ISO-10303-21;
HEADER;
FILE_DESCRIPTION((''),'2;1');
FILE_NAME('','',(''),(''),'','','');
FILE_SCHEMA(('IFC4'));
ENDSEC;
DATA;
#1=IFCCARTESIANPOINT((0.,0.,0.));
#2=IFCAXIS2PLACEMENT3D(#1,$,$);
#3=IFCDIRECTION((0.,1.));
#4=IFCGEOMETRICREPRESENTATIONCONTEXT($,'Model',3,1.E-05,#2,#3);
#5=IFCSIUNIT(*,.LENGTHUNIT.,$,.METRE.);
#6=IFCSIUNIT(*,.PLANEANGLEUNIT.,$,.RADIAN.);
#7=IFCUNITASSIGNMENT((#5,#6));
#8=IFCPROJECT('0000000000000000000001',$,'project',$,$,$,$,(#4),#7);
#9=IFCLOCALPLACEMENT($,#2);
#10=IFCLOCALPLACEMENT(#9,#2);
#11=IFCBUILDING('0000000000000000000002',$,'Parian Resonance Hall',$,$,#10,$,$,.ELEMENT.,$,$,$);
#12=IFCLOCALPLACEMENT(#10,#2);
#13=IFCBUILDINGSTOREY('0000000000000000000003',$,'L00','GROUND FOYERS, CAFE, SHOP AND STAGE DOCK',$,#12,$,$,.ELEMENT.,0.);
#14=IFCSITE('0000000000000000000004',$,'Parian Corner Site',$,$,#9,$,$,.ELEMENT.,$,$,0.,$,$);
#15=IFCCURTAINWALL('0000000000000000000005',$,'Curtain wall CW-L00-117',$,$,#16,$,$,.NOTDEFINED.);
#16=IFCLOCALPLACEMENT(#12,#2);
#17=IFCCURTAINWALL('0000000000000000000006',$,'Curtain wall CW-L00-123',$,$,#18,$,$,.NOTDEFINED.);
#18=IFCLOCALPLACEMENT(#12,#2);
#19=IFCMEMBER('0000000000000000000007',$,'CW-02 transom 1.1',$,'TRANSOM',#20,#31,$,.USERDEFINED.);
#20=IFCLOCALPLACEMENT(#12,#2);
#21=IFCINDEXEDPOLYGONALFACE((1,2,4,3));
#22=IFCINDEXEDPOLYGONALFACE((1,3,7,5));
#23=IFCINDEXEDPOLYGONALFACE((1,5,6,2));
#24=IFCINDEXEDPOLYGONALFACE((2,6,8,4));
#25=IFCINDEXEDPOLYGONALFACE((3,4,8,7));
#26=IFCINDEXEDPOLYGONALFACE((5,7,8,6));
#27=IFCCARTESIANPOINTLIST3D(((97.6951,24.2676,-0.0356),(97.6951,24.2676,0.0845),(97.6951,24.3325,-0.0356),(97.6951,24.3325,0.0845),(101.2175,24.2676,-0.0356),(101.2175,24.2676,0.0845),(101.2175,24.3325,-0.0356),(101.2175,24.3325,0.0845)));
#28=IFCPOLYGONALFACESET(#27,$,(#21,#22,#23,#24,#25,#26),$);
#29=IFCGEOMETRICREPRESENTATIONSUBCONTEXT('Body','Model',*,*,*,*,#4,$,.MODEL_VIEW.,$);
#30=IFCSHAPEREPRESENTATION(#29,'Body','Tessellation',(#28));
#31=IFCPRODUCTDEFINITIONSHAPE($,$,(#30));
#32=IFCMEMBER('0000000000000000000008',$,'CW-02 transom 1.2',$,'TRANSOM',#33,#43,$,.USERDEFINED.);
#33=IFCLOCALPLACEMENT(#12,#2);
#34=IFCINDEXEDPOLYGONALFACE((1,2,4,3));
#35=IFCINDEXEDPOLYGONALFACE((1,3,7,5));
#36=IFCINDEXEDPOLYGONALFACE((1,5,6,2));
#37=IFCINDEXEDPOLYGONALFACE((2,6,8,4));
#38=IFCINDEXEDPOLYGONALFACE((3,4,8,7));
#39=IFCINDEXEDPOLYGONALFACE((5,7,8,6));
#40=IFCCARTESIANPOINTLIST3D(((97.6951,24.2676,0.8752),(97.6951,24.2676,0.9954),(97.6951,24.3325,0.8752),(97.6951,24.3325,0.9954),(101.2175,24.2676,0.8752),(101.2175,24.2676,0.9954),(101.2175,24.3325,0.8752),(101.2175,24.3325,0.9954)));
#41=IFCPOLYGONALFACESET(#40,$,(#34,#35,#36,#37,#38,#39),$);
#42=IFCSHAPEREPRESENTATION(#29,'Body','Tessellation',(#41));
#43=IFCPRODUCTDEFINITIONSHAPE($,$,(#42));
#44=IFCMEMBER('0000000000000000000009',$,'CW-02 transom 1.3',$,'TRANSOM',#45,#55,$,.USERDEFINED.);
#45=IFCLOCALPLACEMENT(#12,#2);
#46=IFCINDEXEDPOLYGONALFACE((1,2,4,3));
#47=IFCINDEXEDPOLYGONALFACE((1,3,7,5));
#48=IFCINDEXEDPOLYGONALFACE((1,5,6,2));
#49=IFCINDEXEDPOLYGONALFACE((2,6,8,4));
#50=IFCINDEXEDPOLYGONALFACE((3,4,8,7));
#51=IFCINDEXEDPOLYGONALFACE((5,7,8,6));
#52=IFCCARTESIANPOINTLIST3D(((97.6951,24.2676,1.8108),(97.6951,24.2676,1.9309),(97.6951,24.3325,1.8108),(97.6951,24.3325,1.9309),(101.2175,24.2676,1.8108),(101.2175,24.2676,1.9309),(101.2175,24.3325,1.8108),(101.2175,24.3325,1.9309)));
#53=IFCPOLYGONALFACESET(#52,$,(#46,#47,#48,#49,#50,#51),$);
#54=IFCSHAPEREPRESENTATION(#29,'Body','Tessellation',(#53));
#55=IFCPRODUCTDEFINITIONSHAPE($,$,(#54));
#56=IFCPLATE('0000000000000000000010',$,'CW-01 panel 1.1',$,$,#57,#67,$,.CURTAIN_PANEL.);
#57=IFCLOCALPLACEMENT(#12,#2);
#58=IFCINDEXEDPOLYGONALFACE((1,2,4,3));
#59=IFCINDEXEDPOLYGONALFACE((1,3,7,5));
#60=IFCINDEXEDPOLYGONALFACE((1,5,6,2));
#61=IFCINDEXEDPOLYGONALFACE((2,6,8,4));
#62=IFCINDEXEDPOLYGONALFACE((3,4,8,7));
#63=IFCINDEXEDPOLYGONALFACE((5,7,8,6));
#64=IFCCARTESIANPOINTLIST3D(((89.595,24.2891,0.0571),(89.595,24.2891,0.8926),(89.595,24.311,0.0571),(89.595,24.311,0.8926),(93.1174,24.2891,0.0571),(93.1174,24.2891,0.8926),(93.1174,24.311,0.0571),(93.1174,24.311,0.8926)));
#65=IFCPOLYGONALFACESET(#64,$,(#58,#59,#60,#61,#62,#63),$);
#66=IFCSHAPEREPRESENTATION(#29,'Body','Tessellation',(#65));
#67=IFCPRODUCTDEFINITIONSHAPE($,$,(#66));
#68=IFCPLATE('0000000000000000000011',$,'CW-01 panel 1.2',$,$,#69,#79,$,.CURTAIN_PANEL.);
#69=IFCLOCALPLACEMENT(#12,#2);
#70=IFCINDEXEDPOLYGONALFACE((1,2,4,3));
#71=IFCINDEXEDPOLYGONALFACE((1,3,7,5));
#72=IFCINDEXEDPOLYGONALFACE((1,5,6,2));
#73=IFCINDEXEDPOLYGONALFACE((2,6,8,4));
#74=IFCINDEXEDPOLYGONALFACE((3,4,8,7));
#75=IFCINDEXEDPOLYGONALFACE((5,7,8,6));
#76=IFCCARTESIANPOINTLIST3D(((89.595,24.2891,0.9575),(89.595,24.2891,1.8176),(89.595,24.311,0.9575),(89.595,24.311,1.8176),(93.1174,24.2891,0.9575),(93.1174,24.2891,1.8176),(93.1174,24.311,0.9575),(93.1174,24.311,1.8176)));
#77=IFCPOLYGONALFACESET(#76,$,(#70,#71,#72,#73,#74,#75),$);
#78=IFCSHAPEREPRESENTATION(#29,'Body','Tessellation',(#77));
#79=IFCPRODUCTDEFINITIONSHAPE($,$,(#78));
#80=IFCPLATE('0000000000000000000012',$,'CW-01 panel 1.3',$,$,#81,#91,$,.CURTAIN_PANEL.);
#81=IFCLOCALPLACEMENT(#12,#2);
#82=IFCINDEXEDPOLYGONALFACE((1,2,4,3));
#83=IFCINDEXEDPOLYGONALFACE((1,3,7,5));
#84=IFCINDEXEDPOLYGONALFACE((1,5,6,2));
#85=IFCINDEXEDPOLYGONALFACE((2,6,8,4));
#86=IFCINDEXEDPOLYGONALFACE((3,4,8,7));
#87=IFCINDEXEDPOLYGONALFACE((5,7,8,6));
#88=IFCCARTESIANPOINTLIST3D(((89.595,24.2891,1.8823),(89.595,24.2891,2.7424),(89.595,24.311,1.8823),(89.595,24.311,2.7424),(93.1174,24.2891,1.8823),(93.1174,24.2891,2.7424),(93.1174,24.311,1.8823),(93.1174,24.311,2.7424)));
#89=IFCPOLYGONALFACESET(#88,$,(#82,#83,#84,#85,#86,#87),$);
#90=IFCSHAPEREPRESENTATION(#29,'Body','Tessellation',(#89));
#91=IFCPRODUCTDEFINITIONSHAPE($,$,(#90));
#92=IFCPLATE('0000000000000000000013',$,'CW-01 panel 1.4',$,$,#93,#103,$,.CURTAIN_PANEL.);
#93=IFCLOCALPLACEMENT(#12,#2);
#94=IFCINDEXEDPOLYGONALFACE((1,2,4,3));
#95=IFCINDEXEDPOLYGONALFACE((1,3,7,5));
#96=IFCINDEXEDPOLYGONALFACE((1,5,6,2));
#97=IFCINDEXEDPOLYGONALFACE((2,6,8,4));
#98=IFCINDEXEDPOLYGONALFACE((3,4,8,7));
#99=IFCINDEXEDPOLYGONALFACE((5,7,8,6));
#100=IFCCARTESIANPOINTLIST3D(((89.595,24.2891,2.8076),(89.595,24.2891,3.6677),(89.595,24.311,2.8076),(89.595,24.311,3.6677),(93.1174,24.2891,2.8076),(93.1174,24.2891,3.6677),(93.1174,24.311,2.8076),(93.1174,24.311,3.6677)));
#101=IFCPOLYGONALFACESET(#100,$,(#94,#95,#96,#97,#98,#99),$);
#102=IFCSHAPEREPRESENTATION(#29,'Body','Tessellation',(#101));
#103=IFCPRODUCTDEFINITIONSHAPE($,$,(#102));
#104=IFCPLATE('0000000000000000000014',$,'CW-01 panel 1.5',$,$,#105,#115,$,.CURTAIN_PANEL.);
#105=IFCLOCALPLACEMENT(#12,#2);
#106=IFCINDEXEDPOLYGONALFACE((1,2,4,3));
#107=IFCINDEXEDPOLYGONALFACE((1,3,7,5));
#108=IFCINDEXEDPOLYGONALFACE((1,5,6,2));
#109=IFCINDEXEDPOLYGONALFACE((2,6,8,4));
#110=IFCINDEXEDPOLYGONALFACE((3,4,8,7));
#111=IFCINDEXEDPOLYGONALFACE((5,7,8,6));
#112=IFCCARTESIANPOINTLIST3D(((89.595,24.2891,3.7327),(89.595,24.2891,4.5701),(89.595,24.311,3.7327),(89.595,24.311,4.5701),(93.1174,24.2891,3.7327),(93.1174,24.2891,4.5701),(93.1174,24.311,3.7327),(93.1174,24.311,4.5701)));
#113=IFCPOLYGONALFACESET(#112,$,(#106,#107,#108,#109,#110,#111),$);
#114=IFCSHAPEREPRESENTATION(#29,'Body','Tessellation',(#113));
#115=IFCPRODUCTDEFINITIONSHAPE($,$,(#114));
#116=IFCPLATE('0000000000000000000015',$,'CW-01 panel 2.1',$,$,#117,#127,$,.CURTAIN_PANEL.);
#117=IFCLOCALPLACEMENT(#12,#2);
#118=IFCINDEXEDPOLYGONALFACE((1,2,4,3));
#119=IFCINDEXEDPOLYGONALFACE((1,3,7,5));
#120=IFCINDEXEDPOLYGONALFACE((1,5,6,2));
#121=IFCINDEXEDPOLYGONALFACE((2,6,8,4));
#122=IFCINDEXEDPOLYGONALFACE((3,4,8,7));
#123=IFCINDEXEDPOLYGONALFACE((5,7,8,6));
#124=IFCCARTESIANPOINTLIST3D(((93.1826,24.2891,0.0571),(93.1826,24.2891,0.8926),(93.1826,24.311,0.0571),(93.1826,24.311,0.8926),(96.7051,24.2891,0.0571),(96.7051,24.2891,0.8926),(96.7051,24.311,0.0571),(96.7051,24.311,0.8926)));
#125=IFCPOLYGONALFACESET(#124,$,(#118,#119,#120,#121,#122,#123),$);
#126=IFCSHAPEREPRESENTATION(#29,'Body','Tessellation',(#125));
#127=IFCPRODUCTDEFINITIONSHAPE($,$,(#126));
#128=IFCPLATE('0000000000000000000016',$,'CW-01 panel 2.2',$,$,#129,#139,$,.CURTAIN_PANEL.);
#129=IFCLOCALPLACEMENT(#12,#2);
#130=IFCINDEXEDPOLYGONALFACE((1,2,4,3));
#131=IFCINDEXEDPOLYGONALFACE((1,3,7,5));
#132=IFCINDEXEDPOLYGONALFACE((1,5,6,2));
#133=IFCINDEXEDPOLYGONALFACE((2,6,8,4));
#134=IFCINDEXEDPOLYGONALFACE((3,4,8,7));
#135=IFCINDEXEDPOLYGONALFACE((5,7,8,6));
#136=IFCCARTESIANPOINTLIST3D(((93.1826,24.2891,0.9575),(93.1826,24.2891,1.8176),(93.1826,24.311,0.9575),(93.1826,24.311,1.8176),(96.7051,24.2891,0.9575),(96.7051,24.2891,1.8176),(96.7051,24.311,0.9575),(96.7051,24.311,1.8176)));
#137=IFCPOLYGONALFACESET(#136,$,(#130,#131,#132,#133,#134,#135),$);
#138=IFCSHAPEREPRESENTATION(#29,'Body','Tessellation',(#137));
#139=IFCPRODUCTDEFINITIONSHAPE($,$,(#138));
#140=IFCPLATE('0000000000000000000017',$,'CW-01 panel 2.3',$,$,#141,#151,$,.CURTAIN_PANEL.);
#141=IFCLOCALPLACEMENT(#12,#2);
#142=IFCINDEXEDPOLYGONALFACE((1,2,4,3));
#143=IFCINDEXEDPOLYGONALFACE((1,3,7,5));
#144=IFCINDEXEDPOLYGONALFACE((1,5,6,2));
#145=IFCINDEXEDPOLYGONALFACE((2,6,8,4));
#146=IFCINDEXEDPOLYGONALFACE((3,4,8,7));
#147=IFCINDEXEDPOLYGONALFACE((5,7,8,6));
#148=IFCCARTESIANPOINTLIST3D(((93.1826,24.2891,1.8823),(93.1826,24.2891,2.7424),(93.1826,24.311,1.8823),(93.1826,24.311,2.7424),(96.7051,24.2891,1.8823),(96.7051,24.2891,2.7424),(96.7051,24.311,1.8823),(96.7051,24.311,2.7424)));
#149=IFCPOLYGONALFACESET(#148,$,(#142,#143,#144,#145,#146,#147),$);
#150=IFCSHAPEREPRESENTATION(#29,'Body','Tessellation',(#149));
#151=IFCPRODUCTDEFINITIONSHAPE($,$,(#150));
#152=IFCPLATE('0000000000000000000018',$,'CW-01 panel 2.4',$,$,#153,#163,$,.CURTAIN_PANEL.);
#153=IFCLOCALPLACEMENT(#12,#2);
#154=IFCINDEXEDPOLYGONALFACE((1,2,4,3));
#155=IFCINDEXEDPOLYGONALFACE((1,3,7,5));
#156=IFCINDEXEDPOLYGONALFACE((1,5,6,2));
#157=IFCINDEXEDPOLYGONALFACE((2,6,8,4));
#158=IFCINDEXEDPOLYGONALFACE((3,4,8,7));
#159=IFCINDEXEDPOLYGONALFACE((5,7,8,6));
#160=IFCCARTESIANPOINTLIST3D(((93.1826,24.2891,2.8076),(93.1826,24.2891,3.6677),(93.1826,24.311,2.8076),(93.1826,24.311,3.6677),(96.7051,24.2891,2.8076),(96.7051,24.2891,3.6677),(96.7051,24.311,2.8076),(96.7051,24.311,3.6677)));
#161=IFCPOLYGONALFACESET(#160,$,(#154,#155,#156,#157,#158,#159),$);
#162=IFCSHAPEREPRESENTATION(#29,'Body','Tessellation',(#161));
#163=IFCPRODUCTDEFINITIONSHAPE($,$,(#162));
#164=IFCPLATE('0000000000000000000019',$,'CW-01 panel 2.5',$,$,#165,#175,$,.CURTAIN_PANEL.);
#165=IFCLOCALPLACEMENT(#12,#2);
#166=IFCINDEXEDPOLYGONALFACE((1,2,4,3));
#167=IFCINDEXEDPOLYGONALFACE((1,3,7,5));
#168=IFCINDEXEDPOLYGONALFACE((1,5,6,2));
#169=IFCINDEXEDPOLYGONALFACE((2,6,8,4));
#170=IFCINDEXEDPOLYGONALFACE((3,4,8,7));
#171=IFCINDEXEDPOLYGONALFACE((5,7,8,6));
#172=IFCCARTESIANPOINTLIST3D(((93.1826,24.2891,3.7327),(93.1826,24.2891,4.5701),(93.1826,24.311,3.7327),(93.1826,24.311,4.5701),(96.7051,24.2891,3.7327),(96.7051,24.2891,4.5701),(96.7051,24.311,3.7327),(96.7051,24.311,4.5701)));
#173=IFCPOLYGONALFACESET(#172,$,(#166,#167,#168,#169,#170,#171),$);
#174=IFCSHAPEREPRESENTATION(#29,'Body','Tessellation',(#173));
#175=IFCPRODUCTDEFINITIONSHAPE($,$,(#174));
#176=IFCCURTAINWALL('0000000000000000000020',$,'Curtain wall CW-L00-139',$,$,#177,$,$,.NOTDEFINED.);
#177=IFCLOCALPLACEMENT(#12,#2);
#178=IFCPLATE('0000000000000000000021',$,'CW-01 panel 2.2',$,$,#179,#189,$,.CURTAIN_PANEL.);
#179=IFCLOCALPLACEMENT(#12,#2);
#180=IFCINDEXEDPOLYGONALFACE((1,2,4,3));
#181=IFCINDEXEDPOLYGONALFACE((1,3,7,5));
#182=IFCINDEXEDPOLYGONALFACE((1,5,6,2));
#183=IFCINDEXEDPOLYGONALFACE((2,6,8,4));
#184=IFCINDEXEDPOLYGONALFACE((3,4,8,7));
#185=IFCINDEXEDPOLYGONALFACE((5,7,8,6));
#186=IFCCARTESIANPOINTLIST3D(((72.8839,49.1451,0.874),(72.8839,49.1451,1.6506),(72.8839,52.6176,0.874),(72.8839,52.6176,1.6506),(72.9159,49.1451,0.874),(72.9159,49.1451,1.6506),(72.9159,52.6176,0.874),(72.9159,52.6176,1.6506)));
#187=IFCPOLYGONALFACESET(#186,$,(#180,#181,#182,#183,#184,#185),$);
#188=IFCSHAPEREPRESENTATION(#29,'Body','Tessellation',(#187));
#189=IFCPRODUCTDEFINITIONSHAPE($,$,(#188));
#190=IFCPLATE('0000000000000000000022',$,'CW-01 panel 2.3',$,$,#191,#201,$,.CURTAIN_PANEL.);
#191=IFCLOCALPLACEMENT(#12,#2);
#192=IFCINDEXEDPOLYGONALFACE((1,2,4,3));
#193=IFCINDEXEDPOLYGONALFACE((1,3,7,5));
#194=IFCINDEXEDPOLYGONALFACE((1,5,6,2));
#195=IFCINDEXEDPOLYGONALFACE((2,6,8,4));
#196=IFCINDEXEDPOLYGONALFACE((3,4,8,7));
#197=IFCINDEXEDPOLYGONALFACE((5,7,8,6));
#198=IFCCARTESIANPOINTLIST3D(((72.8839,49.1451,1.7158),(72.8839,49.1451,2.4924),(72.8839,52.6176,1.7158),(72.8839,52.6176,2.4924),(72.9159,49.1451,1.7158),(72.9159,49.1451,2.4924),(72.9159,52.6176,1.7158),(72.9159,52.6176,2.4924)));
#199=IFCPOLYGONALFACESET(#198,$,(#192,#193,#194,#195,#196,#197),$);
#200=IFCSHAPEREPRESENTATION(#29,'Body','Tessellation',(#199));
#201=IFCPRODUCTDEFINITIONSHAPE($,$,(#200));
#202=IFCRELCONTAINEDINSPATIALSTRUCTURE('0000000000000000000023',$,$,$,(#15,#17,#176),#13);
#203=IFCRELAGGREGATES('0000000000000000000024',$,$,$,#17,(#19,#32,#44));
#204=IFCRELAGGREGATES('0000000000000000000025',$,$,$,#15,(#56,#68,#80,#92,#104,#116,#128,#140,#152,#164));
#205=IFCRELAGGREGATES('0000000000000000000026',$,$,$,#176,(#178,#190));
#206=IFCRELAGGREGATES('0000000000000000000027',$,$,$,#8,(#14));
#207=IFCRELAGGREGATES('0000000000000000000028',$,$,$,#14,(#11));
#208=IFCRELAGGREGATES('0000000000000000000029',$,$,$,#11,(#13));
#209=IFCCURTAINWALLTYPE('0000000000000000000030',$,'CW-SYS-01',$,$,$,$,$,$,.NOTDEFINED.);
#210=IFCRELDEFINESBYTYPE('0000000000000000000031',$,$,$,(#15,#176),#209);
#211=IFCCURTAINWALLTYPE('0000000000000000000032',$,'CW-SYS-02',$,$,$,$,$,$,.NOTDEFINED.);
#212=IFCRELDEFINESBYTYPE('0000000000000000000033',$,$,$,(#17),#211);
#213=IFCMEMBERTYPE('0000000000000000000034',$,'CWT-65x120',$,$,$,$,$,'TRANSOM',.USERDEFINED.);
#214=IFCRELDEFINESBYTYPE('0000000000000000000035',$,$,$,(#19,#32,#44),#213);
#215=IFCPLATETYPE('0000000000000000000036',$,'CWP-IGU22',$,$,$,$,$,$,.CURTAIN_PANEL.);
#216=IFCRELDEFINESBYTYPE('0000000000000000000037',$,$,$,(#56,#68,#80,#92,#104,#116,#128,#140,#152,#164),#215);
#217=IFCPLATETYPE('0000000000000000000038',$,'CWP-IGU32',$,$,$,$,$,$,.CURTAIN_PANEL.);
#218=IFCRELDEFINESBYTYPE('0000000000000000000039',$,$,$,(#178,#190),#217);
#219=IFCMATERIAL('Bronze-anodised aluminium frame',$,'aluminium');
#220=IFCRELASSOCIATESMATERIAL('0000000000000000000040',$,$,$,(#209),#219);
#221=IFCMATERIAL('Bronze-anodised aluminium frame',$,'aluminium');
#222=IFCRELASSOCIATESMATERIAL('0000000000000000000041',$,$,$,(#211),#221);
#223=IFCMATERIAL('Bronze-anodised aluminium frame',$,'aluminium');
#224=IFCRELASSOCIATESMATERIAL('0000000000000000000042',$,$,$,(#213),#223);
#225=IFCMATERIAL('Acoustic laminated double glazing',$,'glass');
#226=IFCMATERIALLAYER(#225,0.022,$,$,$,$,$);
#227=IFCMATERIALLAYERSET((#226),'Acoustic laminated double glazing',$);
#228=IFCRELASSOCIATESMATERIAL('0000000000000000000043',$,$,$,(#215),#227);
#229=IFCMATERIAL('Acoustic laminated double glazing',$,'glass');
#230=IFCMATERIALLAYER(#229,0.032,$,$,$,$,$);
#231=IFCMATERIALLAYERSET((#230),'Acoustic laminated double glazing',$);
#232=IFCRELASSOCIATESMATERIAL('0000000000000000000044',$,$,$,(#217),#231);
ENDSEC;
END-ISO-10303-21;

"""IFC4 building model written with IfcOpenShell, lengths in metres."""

from ifc_helpers import new_model, si_unit, direction, frame, origin, origin_2d, place, context, subcontext, project, spatial, rectangle, extrude, material, layer, layer_set, material_profile, profile_set, type_object, element, aggregate, save


model = new_model("IFC4")

# Units and contexts
model_context = context("Model", 3, precision=1e-05, world=origin(), true_north=direction((0.0, 1.0)))
body_context = subcontext(model_context, "Body", "Model", "MODEL_VIEW")
ifc_project = project(units=[si_unit("LENGTHUNIT", "METRE"), si_unit("PLANEANGLEUNIT", "RADIAN")], contexts=[model_context])

# Site, building, storey
site_placement = place(None, origin())
site = spatial("IfcSite", under=ifc_project, at=site_placement, Name="Parian Corner Site", CompositionType="ELEMENT", RefElevation=0.0)
building_placement = place(site_placement, origin())
building = spatial("IfcBuilding", under=site, at=building_placement, Name="Parian Resonance Hall", CompositionType="ELEMENT")
storey_placement = place(building_placement, origin())
storey = spatial("IfcBuildingStorey", under=building, at=storey_placement, Name="L00", Description="GROUND FOYERS, CAFE, SHOP AND STAGE DOCK", CompositionType="ELEMENT", Elevation=0.0)

# Curtain wall
ifc_material_1 = material(Name="Bronze-anodised aluminium frame", Category="aluminium")
curtain_wall_type_1 = type_object("IfcCurtainWallType", Name="CW-SYS-01", PredefinedType="NOTDEFINED", material=ifc_material_1)
curtain_wall_1_placement = place(storey_placement, origin())
curtain_wall_1 = element("IfcCurtainWall", 1, at=curtain_wall_1_placement, inside=storey, type_object=curtain_wall_type_1, Name="Curtain wall CW-L00-117", PredefinedType="NOTDEFINED")

# Curtain wall
ifc_material_2 = material(Name="Bronze-anodised aluminium frame", Category="aluminium")
curtain_wall_type_2 = type_object("IfcCurtainWallType", Name="CW-SYS-02", PredefinedType="NOTDEFINED", material=ifc_material_2)
curtain_wall_2_placement = place(storey_placement, origin())
curtain_wall_2 = element("IfcCurtainWall", 2, at=curtain_wall_2_placement, inside=storey, type_object=curtain_wall_type_2, Name="Curtain wall CW-L00-123", PredefinedType="NOTDEFINED")

# Members
ifc_material_3 = material(Name="Bronze-anodised aluminium frame", Category="aluminium")
ifc_material_profile_1 = material_profile(ifc_material_3, rectangle(XDim=0.0649, YDim=0.1201, at=origin_2d()), Name="CWT-65x120")
ifc_profile_set_1 = profile_set([ifc_material_profile_1], Name="Bronze-anodised aluminium frame")
member_type_1 = type_object("IfcMemberType", Name="CWT-65x120", ElementType="TRANSOM", PredefinedType="USERDEFINED", material=ifc_profile_set_1)
member_1_placement = place(storey_placement, frame((97.6951, 24.3, 0.0244), z_axis=(1.0, 0.0, 0.0), x_axis=(0.0, 1.0, 0.0)))
member_1 = element("IfcMember", 3, at=member_1_placement, type_object=member_type_1, Name="CW-02 transom 1.1", ObjectType="TRANSOM", PredefinedType="USERDEFINED", context=body_context, shape_type="SweptSolid", body=[
    extrude(rectangle(XDim=0.0649, YDim=0.1201, at=origin_2d()), origin(), (0.0, 0.0, 1.0), 3.5225),
])
member_2_placement = place(storey_placement, frame((97.6951, 24.3, 0.9353), z_axis=(1.0, 0.0, 0.0), x_axis=(0.0, 1.0, 0.0)))
member_2 = element("IfcMember", 4, at=member_2_placement, type_object=member_type_1, Name="CW-02 transom 1.2", ObjectType="TRANSOM", PredefinedType="USERDEFINED", context=body_context, shape_type="SweptSolid", body=[
    extrude(rectangle(XDim=0.0649, YDim=0.1201, at=origin_2d()), origin(), (0.0, 0.0, 1.0), 3.5225),
])
member_3_placement = place(storey_placement, frame((97.6951, 24.3, 1.8708), z_axis=(1.0, 0.0, 0.0), x_axis=(0.0, 1.0, 0.0)))
member_3 = element("IfcMember", 5, at=member_3_placement, type_object=member_type_1, Name="CW-02 transom 1.3", ObjectType="TRANSOM", PredefinedType="USERDEFINED", context=body_context, shape_type="SweptSolid", body=[
    extrude(rectangle(XDim=0.0649, YDim=0.1201, at=origin_2d()), origin(), (0.0, 0.0, 1.0), 3.5225),
])
aggregate(curtain_wall_2, [member_1, member_2, member_3])

# Plates
ifc_material_4 = material(Name="Acoustic laminated double glazing", Category="glass")
ifc_layer_1 = layer(ifc_material_4, 0.022)
ifc_layer_set_1 = layer_set([ifc_layer_1], Name="Acoustic laminated double glazing")
plate_type_1 = type_object("IfcPlateType", Name="CWP-IGU22", PredefinedType="CURTAIN_PANEL", material=ifc_layer_set_1)
plate_1_placement = place(storey_placement, frame((91.3562, 24.3, 0.0571), z_axis=(0.0, 0.0, 1.0), x_axis=(1.0, 0.0, 0.0)))
plate_1 = element("IfcPlate", 6, at=plate_1_placement, type_object=plate_type_1, Name="CW-01 panel 1.1", PredefinedType="CURTAIN_PANEL", context=body_context, shape_type="SweptSolid", body=[
    extrude(rectangle(XDim=3.5225, YDim=0.022, at=origin_2d()), origin(), (0.0, 0.0, 1.0), 0.8354),
])
plate_2_placement = place(storey_placement, frame((91.3562, 24.3, 0.9575), z_axis=(0.0, 0.0, 1.0), x_axis=(1.0, 0.0, 0.0)))
plate_2 = element("IfcPlate", 7, at=plate_2_placement, type_object=plate_type_1, Name="CW-01 panel 1.2", PredefinedType="CURTAIN_PANEL", context=body_context, shape_type="SweptSolid", body=[
    extrude(rectangle(XDim=3.5225, YDim=0.022, at=origin_2d()), origin(), (0.0, 0.0, 1.0), 0.8601),
])
plate_3_placement = place(storey_placement, frame((91.3562, 24.3, 1.8823), z_axis=(0.0, 0.0, 1.0), x_axis=(1.0, 0.0, 0.0)))
plate_3 = element("IfcPlate", 8, at=plate_3_placement, type_object=plate_type_1, Name="CW-01 panel 1.3", PredefinedType="CURTAIN_PANEL", context=body_context, shape_type="SweptSolid", body=[
    extrude(rectangle(XDim=3.5225, YDim=0.022, at=origin_2d()), origin(), (0.0, 0.0, 1.0), 0.8601),
])
plate_4_placement = place(storey_placement, frame((91.3562, 24.3, 2.8076), z_axis=(0.0, 0.0, 1.0), x_axis=(1.0, 0.0, 0.0)))
plate_4 = element("IfcPlate", 9, at=plate_4_placement, type_object=plate_type_1, Name="CW-01 panel 1.4", PredefinedType="CURTAIN_PANEL", context=body_context, shape_type="SweptSolid", body=[
    extrude(rectangle(XDim=3.5225, YDim=0.022, at=origin_2d()), origin(), (0.0, 0.0, 1.0), 0.8601),
])
plate_5_placement = place(storey_placement, frame((91.3562, 24.3, 3.7327), z_axis=(0.0, 0.0, 1.0), x_axis=(1.0, 0.0, 0.0)))
plate_5 = element("IfcPlate", 10, at=plate_5_placement, type_object=plate_type_1, Name="CW-01 panel 1.5", PredefinedType="CURTAIN_PANEL", context=body_context, shape_type="SweptSolid", body=[
    extrude(rectangle(XDim=3.5225, YDim=0.022, at=origin_2d()), origin(), (0.0, 0.0, 1.0), 0.8374),
])
plate_6_placement = place(storey_placement, frame((94.9438, 24.3, 0.0571), z_axis=(0.0, 0.0, 1.0), x_axis=(1.0, 0.0, 0.0)))
plate_6 = element("IfcPlate", 11, at=plate_6_placement, type_object=plate_type_1, Name="CW-01 panel 2.1", PredefinedType="CURTAIN_PANEL", context=body_context, shape_type="SweptSolid", body=[
    extrude(rectangle(XDim=3.5225, YDim=0.022, at=origin_2d()), origin(), (0.0, 0.0, 1.0), 0.8354),
])
plate_7_placement = place(storey_placement, frame((94.9438, 24.3, 0.9575), z_axis=(0.0, 0.0, 1.0), x_axis=(1.0, 0.0, 0.0)))
plate_7 = element("IfcPlate", 12, at=plate_7_placement, type_object=plate_type_1, Name="CW-01 panel 2.2", PredefinedType="CURTAIN_PANEL", context=body_context, shape_type="SweptSolid", body=[
    extrude(rectangle(XDim=3.5225, YDim=0.022, at=origin_2d()), origin(), (0.0, 0.0, 1.0), 0.8601),
])
plate_8_placement = place(storey_placement, frame((94.9438, 24.3, 1.8823), z_axis=(0.0, 0.0, 1.0), x_axis=(1.0, 0.0, 0.0)))
plate_8 = element("IfcPlate", 13, at=plate_8_placement, type_object=plate_type_1, Name="CW-01 panel 2.3", PredefinedType="CURTAIN_PANEL", context=body_context, shape_type="SweptSolid", body=[
    extrude(rectangle(XDim=3.5225, YDim=0.022, at=origin_2d()), origin(), (0.0, 0.0, 1.0), 0.8601),
])
plate_9_placement = place(storey_placement, frame((94.9438, 24.3, 2.8076), z_axis=(0.0, 0.0, 1.0), x_axis=(1.0, 0.0, 0.0)))
plate_9 = element("IfcPlate", 14, at=plate_9_placement, type_object=plate_type_1, Name="CW-01 panel 2.4", PredefinedType="CURTAIN_PANEL", context=body_context, shape_type="SweptSolid", body=[
    extrude(rectangle(XDim=3.5225, YDim=0.022, at=origin_2d()), origin(), (0.0, 0.0, 1.0), 0.8601),
])
plate_10_placement = place(storey_placement, frame((94.9438, 24.3, 3.7327), z_axis=(0.0, 0.0, 1.0), x_axis=(1.0, 0.0, 0.0)))
plate_10 = element("IfcPlate", 15, at=plate_10_placement, type_object=plate_type_1, Name="CW-01 panel 2.5", PredefinedType="CURTAIN_PANEL", context=body_context, shape_type="SweptSolid", body=[
    extrude(rectangle(XDim=3.5225, YDim=0.022, at=origin_2d()), origin(), (0.0, 0.0, 1.0), 0.8374),
])
aggregate(curtain_wall_1, [plate_1, plate_2, plate_3, plate_4, plate_5, plate_6, plate_7, plate_8, plate_9, plate_10])

# Curtain wall, plates
curtain_wall_3_placement = place(storey_placement, origin())
curtain_wall_3 = element("IfcCurtainWall", 16, at=curtain_wall_3_placement, inside=storey, type_object=curtain_wall_type_1, Name="Curtain wall CW-L00-139", PredefinedType="NOTDEFINED")
ifc_material_5 = material(Name="Acoustic laminated double glazing", Category="glass")
ifc_layer_2 = layer(ifc_material_5, 0.032)
ifc_layer_set_2 = layer_set([ifc_layer_2], Name="Acoustic laminated double glazing")
plate_type_2 = type_object("IfcPlateType", Name="CWP-IGU32", PredefinedType="CURTAIN_PANEL", material=ifc_layer_set_2)
plate_11_placement = place(storey_placement, frame((72.8999, 50.8813, 0.874), z_axis=(0.0, 0.0, 1.0), x_axis=(0.0, -1.0, 0.0)))
plate_11 = element("IfcPlate", 17, at=plate_11_placement, type_object=plate_type_2, Name="CW-01 panel 2.2", PredefinedType="CURTAIN_PANEL", context=body_context, shape_type="SweptSolid", body=[
    extrude(rectangle(XDim=3.4724, YDim=0.032, at=origin_2d()), origin(), (0.0, 0.0, 1.0), 0.7766),
])
plate_12_placement = place(storey_placement, frame((72.8999, 50.8813, 1.7158), z_axis=(0.0, 0.0, 1.0), x_axis=(0.0, -1.0, 0.0)))
plate_12 = element("IfcPlate", 18, at=plate_12_placement, type_object=plate_type_2, Name="CW-01 panel 2.3", PredefinedType="CURTAIN_PANEL", context=body_context, shape_type="SweptSolid", body=[
    extrude(rectangle(XDim=3.4724, YDim=0.032, at=origin_2d()), origin(), (0.0, 0.0, 1.0), 0.7766),
])
aggregate(curtain_wall_3, [plate_11, plate_12])

save(model, "model.ifc")
